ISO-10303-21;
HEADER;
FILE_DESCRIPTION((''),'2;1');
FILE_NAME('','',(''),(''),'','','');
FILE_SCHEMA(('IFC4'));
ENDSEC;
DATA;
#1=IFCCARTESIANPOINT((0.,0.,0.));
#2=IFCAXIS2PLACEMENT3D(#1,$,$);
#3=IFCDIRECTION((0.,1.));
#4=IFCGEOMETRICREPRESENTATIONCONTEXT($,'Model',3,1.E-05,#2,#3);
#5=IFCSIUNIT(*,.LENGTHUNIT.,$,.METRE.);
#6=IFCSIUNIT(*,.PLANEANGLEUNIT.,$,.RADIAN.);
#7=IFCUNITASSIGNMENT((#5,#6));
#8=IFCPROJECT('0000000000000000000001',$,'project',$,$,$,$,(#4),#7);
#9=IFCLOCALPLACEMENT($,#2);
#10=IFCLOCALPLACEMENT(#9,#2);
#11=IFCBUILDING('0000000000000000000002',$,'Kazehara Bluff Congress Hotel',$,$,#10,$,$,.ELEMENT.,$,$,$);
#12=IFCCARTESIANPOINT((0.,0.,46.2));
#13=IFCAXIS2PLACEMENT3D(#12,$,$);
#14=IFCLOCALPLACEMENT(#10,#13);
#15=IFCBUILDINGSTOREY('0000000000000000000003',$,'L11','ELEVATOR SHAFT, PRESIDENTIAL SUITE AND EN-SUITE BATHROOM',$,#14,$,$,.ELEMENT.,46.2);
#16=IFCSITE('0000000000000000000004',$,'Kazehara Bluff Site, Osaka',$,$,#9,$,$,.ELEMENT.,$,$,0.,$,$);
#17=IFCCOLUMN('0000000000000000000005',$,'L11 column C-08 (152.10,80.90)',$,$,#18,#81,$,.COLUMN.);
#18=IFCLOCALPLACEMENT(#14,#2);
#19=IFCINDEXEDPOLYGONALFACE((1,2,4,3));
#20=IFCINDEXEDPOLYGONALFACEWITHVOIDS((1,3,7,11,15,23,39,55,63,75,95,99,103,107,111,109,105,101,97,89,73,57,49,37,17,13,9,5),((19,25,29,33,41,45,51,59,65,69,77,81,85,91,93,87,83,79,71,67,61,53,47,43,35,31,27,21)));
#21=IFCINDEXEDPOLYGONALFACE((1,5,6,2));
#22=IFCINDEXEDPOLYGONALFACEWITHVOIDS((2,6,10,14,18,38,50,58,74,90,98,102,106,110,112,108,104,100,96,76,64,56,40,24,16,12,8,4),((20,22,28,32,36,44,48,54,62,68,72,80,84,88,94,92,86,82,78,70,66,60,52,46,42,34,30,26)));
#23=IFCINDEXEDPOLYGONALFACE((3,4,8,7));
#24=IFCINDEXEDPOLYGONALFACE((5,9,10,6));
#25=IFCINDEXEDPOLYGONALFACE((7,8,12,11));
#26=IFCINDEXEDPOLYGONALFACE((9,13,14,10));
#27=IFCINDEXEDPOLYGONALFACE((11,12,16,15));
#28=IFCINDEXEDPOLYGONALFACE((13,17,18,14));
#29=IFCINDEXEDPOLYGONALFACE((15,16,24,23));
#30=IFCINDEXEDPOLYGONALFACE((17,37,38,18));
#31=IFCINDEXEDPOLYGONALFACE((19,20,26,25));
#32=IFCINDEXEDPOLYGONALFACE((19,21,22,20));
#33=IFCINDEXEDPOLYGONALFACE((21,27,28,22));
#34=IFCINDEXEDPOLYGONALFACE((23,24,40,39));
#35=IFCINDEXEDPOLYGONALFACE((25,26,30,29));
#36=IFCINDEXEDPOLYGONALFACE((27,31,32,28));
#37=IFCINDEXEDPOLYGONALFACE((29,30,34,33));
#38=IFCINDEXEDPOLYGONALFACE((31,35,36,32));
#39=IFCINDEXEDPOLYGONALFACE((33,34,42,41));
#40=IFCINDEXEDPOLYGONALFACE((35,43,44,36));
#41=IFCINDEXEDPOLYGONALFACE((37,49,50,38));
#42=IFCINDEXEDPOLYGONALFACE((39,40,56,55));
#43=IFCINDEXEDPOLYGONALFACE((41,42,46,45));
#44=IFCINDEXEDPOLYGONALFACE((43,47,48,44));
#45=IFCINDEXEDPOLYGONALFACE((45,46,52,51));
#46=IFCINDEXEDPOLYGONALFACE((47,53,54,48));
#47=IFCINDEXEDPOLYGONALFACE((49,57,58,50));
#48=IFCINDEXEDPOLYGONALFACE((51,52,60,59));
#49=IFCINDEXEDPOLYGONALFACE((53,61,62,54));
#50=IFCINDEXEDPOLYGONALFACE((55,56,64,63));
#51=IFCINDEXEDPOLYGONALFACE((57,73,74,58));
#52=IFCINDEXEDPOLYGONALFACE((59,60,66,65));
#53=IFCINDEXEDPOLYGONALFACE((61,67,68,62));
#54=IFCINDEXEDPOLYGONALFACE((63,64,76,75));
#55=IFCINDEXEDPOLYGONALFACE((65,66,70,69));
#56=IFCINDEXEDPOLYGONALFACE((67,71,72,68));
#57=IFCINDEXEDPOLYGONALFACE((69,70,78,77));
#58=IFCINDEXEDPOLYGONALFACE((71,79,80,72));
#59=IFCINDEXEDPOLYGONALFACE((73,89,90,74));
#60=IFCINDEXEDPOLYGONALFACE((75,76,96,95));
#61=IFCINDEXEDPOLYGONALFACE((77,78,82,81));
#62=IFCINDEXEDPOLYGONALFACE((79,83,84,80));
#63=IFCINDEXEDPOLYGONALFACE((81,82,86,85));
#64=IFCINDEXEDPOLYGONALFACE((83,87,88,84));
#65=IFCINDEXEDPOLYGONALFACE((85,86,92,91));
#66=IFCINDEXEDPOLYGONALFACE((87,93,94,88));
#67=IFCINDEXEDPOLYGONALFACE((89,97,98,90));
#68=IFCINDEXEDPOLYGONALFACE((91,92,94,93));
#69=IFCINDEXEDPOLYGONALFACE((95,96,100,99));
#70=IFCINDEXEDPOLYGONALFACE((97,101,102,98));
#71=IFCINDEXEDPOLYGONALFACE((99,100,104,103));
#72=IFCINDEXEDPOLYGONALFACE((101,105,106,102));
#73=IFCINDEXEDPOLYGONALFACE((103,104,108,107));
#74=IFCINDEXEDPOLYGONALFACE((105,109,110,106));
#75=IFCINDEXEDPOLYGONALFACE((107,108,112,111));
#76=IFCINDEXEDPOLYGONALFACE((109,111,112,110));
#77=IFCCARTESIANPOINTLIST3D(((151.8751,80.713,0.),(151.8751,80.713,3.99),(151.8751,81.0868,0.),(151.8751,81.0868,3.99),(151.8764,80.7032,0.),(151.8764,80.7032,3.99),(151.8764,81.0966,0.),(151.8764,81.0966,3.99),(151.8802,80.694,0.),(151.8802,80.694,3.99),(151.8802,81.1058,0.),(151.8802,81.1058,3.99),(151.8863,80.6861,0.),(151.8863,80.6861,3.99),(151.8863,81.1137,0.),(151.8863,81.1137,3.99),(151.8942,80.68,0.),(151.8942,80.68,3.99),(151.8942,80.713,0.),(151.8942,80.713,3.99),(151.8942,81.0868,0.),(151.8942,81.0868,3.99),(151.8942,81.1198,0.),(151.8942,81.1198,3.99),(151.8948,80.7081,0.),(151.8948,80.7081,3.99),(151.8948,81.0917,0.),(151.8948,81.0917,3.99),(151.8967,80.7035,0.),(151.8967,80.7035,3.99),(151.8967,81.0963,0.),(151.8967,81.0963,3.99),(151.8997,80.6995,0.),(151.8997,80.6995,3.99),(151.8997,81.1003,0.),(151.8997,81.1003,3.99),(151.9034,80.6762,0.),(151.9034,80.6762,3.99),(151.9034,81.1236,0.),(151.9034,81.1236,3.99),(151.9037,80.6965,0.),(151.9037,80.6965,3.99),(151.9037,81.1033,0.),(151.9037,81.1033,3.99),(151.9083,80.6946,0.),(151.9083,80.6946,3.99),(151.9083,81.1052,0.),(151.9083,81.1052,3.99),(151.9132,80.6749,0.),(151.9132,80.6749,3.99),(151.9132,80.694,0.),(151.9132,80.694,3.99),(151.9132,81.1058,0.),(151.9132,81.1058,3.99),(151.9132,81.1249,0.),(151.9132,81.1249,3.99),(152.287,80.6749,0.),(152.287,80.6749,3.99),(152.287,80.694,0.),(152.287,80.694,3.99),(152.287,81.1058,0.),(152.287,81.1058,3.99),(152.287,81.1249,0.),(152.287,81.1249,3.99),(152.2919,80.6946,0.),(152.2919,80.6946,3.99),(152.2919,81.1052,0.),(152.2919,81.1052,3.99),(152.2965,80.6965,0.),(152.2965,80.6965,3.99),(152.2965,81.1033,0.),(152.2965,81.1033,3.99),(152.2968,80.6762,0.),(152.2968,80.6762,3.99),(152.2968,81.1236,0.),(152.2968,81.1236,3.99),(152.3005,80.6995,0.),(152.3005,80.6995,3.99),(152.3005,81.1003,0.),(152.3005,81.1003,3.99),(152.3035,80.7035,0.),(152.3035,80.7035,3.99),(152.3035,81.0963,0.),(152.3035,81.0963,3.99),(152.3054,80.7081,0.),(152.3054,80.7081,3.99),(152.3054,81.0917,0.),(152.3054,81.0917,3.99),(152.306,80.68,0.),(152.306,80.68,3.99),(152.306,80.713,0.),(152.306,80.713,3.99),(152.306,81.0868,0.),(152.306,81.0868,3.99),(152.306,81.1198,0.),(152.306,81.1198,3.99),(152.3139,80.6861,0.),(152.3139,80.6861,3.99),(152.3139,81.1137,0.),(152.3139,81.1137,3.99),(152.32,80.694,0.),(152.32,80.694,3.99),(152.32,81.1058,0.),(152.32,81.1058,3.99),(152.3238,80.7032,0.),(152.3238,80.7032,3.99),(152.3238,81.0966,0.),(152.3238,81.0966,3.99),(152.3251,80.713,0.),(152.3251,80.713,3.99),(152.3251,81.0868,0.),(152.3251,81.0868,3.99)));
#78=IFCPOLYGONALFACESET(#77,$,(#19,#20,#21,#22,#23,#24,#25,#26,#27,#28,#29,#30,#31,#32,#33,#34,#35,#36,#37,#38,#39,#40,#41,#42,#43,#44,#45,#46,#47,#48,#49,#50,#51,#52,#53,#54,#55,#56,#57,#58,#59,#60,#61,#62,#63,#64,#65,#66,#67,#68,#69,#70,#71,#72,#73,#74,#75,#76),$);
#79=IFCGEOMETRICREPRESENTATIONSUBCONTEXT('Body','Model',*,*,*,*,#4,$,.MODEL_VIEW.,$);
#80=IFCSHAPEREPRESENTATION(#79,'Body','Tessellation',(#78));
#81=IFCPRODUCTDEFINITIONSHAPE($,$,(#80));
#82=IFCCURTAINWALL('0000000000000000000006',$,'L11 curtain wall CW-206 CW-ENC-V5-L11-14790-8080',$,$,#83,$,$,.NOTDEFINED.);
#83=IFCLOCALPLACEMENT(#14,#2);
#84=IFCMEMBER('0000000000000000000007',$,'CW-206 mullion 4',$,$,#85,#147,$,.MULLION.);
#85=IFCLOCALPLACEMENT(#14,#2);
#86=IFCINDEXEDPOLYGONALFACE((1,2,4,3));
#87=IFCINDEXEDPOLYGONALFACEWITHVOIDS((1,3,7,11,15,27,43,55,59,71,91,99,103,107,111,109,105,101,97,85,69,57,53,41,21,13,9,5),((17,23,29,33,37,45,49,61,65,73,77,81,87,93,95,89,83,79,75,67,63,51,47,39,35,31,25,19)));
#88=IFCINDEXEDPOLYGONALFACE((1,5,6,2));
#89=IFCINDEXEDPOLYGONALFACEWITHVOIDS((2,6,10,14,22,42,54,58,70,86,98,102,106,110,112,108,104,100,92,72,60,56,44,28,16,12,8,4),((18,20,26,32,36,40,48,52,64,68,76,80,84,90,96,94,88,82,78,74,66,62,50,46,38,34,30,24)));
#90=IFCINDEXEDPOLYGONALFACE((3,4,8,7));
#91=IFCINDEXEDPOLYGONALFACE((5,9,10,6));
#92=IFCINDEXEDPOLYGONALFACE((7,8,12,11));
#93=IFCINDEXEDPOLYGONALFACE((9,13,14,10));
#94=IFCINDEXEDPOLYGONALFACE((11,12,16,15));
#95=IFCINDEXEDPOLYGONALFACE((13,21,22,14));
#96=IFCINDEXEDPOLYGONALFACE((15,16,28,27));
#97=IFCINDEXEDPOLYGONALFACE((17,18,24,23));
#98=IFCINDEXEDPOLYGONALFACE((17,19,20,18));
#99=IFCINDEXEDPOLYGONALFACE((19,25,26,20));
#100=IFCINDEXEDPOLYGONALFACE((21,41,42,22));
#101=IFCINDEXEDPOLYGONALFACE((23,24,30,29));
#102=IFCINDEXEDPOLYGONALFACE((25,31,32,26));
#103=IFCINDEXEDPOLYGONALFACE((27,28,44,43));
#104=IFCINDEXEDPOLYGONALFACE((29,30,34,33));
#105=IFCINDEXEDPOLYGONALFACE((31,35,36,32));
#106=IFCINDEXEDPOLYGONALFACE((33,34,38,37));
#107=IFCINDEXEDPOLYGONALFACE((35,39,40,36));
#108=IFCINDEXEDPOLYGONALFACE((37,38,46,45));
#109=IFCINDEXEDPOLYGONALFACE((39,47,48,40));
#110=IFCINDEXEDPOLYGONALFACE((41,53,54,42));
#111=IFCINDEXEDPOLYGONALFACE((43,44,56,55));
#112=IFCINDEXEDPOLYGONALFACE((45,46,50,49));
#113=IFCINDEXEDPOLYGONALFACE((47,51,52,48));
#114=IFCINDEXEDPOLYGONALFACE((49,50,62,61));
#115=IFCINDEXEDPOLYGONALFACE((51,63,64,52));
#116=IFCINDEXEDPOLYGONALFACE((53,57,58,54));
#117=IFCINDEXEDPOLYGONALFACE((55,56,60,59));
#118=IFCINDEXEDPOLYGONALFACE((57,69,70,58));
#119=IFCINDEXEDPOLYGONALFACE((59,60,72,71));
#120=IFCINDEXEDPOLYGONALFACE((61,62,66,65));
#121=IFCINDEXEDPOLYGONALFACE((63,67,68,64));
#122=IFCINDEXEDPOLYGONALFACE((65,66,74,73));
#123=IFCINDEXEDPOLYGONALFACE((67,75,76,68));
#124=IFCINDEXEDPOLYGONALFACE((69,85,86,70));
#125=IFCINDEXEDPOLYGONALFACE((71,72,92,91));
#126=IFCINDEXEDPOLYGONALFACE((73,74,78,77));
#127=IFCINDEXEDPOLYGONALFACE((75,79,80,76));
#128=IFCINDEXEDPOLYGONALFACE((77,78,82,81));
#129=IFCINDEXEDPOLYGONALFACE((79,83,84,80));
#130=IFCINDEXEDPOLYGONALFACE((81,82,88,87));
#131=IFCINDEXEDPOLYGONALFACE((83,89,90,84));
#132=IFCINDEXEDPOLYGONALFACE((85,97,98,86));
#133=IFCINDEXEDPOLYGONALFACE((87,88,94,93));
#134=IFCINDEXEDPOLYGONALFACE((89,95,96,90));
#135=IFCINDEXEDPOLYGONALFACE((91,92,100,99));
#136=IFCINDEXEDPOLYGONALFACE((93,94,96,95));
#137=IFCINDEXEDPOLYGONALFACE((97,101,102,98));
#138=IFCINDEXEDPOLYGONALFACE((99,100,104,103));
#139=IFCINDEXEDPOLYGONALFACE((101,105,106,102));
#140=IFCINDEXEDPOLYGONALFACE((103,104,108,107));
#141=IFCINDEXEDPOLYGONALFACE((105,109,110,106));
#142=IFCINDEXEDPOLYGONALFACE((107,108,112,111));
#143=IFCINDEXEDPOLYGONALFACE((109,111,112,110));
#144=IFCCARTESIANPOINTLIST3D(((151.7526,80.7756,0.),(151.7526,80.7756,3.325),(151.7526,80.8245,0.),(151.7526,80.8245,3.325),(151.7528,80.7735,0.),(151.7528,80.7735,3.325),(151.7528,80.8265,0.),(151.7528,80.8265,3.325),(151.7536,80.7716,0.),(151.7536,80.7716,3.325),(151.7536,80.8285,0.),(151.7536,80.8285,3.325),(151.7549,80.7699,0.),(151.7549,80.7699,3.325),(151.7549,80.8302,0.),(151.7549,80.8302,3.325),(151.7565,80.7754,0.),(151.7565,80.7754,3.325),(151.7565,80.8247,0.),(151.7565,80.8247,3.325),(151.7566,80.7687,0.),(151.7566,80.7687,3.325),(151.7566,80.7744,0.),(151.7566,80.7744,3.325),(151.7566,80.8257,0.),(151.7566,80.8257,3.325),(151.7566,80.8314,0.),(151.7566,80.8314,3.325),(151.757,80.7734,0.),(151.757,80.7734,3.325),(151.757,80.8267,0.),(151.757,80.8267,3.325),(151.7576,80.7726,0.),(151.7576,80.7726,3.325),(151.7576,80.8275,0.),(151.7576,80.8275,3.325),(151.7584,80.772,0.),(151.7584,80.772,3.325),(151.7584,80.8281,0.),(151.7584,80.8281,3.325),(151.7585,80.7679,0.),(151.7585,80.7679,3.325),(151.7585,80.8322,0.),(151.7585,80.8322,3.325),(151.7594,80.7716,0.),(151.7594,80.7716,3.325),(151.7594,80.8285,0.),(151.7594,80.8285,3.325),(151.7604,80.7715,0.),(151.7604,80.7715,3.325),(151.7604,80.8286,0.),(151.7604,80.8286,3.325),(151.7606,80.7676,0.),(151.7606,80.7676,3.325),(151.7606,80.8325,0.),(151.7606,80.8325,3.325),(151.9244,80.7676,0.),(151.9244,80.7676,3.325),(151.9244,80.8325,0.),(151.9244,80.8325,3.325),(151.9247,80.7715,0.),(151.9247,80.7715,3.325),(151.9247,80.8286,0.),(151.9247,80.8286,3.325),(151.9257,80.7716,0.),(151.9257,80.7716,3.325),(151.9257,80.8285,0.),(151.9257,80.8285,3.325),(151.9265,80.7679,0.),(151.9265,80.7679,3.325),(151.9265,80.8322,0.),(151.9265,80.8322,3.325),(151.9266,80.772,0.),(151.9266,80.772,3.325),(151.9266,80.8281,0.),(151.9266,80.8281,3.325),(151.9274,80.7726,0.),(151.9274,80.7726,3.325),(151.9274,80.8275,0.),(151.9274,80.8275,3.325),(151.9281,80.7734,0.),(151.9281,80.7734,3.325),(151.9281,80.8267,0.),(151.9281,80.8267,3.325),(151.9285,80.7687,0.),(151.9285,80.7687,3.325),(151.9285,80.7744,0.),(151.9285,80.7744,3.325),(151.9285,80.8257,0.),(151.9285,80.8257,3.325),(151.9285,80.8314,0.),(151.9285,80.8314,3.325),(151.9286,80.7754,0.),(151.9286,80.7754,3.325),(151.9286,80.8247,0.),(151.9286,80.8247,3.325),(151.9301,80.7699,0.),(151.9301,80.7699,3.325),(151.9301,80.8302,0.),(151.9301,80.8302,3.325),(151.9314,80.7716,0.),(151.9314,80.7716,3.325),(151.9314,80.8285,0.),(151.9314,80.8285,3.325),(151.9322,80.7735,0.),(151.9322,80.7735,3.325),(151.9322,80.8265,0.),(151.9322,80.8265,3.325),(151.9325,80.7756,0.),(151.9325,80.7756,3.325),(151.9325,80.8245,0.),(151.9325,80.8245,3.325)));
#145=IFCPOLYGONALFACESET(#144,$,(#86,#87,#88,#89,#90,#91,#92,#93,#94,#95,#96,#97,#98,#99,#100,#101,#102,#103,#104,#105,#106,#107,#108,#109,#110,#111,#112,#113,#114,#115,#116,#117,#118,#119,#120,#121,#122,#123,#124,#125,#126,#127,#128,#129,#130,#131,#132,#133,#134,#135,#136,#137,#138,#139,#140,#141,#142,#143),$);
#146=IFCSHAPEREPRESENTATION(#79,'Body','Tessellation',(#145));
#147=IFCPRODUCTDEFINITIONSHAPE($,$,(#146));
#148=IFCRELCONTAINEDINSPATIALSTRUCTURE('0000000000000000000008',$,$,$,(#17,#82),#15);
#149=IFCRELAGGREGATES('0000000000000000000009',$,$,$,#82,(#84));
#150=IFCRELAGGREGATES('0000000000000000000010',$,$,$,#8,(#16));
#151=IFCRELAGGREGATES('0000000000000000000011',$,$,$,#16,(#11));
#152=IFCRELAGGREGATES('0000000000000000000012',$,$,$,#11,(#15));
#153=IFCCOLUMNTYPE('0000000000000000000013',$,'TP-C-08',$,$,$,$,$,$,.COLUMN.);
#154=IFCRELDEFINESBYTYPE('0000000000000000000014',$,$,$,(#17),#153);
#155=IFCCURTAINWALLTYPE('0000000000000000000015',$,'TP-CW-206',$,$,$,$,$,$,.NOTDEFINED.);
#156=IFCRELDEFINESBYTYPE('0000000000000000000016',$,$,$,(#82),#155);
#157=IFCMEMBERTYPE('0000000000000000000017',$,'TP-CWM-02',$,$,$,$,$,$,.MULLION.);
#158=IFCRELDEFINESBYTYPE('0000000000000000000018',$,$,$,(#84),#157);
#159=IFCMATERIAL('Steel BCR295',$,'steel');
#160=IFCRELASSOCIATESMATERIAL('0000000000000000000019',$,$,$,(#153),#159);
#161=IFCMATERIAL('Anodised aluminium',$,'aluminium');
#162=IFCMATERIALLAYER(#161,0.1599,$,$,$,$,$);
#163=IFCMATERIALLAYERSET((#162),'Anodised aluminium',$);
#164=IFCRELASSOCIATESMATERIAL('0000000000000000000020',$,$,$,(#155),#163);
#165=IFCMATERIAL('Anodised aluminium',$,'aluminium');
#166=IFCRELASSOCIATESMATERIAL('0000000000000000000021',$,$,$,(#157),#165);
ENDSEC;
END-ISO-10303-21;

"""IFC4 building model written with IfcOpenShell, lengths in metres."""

from ifc_helpers import new_model, si_unit, direction, frame, origin, origin_2d, place, context, subcontext, project, spatial, hollow_rectangle, extrude, material, layer, layer_set, material_profile, profile_set, type_object, element, aggregate, save


model = new_model("IFC4")

# Units and contexts
model_context = context("Model", 3, precision=1e-05, world=origin(), true_north=direction((0.0, 1.0)))
body_context = subcontext(model_context, "Body", "Model", "MODEL_VIEW")
ifc_project = project(units=[si_unit("LENGTHUNIT", "METRE"), si_unit("PLANEANGLEUNIT", "RADIAN")], contexts=[model_context])

# Site, building, storey
site_placement = place(None, origin())
site = spatial("IfcSite", under=ifc_project, at=site_placement, Name="Kazehara Bluff Site, Osaka", CompositionType="ELEMENT", RefElevation=0.0)
building_placement = place(site_placement, origin())
building = spatial("IfcBuilding", under=site, at=building_placement, Name="Kazehara Bluff Congress Hotel", CompositionType="ELEMENT")
storey_placement = place(building_placement, frame((0.0, 0.0, 46.2)))
storey = spatial("IfcBuildingStorey", under=building, at=storey_placement, Name="L11", Description="ELEVATOR SHAFT, PRESIDENTIAL SUITE AND EN-SUITE BATHROOM", CompositionType="ELEMENT", Elevation=46.2)

# Column
ifc_material_1 = material(Name="Steel BCR295", Category="steel")
ifc_material_profile_1 = material_profile(ifc_material_1, hollow_rectangle(XDim=0.45, YDim=0.45, WallThickness=0.019, InnerFilletRadius=0.019, OuterFilletRadius=0.0381, at=origin_2d()))
ifc_profile_set_1 = profile_set([ifc_material_profile_1], Name="Steel BCR295")
column_type = type_object("IfcColumnType", Name="TP-C-08", PredefinedType="COLUMN", material=ifc_profile_set_1)
column_placement = place(storey_placement, frame((152.1001, 80.8999, 0.0), z_axis=(0.0, 0.0, 1.0), x_axis=(1.0, 0.0, 0.0)))
element("IfcColumn", 1, at=column_placement, inside=storey, type_object=column_type, Name="L11 column C-08 (152.10,80.90)", PredefinedType="COLUMN", context=body_context, shape_type="SweptSolid", body=[
    extrude(hollow_rectangle(XDim=0.45, YDim=0.45, WallThickness=0.019, InnerFilletRadius=0.019, OuterFilletRadius=0.0381, at=origin_2d()), origin(), (0.0, 0.0, 1.0), 3.99),
])

# Curtain wall, member
ifc_material_2 = material(Name="Anodised aluminium", Category="aluminium")
ifc_layer_1 = layer(ifc_material_2, 0.1599)
ifc_layer_set_1 = layer_set([ifc_layer_1], Name="Anodised aluminium")
curtain_wall_type = type_object("IfcCurtainWallType", Name="TP-CW-206", PredefinedType="NOTDEFINED", material=ifc_layer_set_1)
curtain_wall_1_placement = place(storey_placement, origin())
curtain_wall_1 = element("IfcCurtainWall", 2, at=curtain_wall_1_placement, inside=storey, type_object=curtain_wall_type, Name="L11 curtain wall CW-206 CW-ENC-V5-L11-14790-8080", PredefinedType="NOTDEFINED")
ifc_material_3 = material(Name="Anodised aluminium", Category="aluminium")
ifc_material_profile_2 = material_profile(ifc_material_3, hollow_rectangle(XDim=0.0649, YDim=0.1799, WallThickness=0.0039, InnerFilletRadius=0.0039, OuterFilletRadius=0.0081, at=origin_2d()))
ifc_profile_set_2 = profile_set([ifc_material_profile_2], Name="Anodised aluminium")
member_type_1 = type_object("IfcMemberType", Name="TP-CWM-02", PredefinedType="MULLION", material=ifc_profile_set_2)
member_1_placement = place(storey_placement, frame((151.8425, 80.8, 0.0), z_axis=(0.0, 0.0, 1.0), x_axis=(0.0, 1.0, 0.0)))
member_1 = element("IfcMember", 3, at=member_1_placement, type_object=member_type_1, Name="CW-206 mullion 4", PredefinedType="MULLION", context=body_context, shape_type="SweptSolid", body=[
    extrude(hollow_rectangle(XDim=0.0649, YDim=0.1799, WallThickness=0.0039, InnerFilletRadius=0.0039, OuterFilletRadius=0.0081, at=origin_2d()), origin(), (0.0, 0.0, 1.0), 3.325),
])

aggregate(curtain_wall_1, [member_1])

save(model, "model.ifc")
